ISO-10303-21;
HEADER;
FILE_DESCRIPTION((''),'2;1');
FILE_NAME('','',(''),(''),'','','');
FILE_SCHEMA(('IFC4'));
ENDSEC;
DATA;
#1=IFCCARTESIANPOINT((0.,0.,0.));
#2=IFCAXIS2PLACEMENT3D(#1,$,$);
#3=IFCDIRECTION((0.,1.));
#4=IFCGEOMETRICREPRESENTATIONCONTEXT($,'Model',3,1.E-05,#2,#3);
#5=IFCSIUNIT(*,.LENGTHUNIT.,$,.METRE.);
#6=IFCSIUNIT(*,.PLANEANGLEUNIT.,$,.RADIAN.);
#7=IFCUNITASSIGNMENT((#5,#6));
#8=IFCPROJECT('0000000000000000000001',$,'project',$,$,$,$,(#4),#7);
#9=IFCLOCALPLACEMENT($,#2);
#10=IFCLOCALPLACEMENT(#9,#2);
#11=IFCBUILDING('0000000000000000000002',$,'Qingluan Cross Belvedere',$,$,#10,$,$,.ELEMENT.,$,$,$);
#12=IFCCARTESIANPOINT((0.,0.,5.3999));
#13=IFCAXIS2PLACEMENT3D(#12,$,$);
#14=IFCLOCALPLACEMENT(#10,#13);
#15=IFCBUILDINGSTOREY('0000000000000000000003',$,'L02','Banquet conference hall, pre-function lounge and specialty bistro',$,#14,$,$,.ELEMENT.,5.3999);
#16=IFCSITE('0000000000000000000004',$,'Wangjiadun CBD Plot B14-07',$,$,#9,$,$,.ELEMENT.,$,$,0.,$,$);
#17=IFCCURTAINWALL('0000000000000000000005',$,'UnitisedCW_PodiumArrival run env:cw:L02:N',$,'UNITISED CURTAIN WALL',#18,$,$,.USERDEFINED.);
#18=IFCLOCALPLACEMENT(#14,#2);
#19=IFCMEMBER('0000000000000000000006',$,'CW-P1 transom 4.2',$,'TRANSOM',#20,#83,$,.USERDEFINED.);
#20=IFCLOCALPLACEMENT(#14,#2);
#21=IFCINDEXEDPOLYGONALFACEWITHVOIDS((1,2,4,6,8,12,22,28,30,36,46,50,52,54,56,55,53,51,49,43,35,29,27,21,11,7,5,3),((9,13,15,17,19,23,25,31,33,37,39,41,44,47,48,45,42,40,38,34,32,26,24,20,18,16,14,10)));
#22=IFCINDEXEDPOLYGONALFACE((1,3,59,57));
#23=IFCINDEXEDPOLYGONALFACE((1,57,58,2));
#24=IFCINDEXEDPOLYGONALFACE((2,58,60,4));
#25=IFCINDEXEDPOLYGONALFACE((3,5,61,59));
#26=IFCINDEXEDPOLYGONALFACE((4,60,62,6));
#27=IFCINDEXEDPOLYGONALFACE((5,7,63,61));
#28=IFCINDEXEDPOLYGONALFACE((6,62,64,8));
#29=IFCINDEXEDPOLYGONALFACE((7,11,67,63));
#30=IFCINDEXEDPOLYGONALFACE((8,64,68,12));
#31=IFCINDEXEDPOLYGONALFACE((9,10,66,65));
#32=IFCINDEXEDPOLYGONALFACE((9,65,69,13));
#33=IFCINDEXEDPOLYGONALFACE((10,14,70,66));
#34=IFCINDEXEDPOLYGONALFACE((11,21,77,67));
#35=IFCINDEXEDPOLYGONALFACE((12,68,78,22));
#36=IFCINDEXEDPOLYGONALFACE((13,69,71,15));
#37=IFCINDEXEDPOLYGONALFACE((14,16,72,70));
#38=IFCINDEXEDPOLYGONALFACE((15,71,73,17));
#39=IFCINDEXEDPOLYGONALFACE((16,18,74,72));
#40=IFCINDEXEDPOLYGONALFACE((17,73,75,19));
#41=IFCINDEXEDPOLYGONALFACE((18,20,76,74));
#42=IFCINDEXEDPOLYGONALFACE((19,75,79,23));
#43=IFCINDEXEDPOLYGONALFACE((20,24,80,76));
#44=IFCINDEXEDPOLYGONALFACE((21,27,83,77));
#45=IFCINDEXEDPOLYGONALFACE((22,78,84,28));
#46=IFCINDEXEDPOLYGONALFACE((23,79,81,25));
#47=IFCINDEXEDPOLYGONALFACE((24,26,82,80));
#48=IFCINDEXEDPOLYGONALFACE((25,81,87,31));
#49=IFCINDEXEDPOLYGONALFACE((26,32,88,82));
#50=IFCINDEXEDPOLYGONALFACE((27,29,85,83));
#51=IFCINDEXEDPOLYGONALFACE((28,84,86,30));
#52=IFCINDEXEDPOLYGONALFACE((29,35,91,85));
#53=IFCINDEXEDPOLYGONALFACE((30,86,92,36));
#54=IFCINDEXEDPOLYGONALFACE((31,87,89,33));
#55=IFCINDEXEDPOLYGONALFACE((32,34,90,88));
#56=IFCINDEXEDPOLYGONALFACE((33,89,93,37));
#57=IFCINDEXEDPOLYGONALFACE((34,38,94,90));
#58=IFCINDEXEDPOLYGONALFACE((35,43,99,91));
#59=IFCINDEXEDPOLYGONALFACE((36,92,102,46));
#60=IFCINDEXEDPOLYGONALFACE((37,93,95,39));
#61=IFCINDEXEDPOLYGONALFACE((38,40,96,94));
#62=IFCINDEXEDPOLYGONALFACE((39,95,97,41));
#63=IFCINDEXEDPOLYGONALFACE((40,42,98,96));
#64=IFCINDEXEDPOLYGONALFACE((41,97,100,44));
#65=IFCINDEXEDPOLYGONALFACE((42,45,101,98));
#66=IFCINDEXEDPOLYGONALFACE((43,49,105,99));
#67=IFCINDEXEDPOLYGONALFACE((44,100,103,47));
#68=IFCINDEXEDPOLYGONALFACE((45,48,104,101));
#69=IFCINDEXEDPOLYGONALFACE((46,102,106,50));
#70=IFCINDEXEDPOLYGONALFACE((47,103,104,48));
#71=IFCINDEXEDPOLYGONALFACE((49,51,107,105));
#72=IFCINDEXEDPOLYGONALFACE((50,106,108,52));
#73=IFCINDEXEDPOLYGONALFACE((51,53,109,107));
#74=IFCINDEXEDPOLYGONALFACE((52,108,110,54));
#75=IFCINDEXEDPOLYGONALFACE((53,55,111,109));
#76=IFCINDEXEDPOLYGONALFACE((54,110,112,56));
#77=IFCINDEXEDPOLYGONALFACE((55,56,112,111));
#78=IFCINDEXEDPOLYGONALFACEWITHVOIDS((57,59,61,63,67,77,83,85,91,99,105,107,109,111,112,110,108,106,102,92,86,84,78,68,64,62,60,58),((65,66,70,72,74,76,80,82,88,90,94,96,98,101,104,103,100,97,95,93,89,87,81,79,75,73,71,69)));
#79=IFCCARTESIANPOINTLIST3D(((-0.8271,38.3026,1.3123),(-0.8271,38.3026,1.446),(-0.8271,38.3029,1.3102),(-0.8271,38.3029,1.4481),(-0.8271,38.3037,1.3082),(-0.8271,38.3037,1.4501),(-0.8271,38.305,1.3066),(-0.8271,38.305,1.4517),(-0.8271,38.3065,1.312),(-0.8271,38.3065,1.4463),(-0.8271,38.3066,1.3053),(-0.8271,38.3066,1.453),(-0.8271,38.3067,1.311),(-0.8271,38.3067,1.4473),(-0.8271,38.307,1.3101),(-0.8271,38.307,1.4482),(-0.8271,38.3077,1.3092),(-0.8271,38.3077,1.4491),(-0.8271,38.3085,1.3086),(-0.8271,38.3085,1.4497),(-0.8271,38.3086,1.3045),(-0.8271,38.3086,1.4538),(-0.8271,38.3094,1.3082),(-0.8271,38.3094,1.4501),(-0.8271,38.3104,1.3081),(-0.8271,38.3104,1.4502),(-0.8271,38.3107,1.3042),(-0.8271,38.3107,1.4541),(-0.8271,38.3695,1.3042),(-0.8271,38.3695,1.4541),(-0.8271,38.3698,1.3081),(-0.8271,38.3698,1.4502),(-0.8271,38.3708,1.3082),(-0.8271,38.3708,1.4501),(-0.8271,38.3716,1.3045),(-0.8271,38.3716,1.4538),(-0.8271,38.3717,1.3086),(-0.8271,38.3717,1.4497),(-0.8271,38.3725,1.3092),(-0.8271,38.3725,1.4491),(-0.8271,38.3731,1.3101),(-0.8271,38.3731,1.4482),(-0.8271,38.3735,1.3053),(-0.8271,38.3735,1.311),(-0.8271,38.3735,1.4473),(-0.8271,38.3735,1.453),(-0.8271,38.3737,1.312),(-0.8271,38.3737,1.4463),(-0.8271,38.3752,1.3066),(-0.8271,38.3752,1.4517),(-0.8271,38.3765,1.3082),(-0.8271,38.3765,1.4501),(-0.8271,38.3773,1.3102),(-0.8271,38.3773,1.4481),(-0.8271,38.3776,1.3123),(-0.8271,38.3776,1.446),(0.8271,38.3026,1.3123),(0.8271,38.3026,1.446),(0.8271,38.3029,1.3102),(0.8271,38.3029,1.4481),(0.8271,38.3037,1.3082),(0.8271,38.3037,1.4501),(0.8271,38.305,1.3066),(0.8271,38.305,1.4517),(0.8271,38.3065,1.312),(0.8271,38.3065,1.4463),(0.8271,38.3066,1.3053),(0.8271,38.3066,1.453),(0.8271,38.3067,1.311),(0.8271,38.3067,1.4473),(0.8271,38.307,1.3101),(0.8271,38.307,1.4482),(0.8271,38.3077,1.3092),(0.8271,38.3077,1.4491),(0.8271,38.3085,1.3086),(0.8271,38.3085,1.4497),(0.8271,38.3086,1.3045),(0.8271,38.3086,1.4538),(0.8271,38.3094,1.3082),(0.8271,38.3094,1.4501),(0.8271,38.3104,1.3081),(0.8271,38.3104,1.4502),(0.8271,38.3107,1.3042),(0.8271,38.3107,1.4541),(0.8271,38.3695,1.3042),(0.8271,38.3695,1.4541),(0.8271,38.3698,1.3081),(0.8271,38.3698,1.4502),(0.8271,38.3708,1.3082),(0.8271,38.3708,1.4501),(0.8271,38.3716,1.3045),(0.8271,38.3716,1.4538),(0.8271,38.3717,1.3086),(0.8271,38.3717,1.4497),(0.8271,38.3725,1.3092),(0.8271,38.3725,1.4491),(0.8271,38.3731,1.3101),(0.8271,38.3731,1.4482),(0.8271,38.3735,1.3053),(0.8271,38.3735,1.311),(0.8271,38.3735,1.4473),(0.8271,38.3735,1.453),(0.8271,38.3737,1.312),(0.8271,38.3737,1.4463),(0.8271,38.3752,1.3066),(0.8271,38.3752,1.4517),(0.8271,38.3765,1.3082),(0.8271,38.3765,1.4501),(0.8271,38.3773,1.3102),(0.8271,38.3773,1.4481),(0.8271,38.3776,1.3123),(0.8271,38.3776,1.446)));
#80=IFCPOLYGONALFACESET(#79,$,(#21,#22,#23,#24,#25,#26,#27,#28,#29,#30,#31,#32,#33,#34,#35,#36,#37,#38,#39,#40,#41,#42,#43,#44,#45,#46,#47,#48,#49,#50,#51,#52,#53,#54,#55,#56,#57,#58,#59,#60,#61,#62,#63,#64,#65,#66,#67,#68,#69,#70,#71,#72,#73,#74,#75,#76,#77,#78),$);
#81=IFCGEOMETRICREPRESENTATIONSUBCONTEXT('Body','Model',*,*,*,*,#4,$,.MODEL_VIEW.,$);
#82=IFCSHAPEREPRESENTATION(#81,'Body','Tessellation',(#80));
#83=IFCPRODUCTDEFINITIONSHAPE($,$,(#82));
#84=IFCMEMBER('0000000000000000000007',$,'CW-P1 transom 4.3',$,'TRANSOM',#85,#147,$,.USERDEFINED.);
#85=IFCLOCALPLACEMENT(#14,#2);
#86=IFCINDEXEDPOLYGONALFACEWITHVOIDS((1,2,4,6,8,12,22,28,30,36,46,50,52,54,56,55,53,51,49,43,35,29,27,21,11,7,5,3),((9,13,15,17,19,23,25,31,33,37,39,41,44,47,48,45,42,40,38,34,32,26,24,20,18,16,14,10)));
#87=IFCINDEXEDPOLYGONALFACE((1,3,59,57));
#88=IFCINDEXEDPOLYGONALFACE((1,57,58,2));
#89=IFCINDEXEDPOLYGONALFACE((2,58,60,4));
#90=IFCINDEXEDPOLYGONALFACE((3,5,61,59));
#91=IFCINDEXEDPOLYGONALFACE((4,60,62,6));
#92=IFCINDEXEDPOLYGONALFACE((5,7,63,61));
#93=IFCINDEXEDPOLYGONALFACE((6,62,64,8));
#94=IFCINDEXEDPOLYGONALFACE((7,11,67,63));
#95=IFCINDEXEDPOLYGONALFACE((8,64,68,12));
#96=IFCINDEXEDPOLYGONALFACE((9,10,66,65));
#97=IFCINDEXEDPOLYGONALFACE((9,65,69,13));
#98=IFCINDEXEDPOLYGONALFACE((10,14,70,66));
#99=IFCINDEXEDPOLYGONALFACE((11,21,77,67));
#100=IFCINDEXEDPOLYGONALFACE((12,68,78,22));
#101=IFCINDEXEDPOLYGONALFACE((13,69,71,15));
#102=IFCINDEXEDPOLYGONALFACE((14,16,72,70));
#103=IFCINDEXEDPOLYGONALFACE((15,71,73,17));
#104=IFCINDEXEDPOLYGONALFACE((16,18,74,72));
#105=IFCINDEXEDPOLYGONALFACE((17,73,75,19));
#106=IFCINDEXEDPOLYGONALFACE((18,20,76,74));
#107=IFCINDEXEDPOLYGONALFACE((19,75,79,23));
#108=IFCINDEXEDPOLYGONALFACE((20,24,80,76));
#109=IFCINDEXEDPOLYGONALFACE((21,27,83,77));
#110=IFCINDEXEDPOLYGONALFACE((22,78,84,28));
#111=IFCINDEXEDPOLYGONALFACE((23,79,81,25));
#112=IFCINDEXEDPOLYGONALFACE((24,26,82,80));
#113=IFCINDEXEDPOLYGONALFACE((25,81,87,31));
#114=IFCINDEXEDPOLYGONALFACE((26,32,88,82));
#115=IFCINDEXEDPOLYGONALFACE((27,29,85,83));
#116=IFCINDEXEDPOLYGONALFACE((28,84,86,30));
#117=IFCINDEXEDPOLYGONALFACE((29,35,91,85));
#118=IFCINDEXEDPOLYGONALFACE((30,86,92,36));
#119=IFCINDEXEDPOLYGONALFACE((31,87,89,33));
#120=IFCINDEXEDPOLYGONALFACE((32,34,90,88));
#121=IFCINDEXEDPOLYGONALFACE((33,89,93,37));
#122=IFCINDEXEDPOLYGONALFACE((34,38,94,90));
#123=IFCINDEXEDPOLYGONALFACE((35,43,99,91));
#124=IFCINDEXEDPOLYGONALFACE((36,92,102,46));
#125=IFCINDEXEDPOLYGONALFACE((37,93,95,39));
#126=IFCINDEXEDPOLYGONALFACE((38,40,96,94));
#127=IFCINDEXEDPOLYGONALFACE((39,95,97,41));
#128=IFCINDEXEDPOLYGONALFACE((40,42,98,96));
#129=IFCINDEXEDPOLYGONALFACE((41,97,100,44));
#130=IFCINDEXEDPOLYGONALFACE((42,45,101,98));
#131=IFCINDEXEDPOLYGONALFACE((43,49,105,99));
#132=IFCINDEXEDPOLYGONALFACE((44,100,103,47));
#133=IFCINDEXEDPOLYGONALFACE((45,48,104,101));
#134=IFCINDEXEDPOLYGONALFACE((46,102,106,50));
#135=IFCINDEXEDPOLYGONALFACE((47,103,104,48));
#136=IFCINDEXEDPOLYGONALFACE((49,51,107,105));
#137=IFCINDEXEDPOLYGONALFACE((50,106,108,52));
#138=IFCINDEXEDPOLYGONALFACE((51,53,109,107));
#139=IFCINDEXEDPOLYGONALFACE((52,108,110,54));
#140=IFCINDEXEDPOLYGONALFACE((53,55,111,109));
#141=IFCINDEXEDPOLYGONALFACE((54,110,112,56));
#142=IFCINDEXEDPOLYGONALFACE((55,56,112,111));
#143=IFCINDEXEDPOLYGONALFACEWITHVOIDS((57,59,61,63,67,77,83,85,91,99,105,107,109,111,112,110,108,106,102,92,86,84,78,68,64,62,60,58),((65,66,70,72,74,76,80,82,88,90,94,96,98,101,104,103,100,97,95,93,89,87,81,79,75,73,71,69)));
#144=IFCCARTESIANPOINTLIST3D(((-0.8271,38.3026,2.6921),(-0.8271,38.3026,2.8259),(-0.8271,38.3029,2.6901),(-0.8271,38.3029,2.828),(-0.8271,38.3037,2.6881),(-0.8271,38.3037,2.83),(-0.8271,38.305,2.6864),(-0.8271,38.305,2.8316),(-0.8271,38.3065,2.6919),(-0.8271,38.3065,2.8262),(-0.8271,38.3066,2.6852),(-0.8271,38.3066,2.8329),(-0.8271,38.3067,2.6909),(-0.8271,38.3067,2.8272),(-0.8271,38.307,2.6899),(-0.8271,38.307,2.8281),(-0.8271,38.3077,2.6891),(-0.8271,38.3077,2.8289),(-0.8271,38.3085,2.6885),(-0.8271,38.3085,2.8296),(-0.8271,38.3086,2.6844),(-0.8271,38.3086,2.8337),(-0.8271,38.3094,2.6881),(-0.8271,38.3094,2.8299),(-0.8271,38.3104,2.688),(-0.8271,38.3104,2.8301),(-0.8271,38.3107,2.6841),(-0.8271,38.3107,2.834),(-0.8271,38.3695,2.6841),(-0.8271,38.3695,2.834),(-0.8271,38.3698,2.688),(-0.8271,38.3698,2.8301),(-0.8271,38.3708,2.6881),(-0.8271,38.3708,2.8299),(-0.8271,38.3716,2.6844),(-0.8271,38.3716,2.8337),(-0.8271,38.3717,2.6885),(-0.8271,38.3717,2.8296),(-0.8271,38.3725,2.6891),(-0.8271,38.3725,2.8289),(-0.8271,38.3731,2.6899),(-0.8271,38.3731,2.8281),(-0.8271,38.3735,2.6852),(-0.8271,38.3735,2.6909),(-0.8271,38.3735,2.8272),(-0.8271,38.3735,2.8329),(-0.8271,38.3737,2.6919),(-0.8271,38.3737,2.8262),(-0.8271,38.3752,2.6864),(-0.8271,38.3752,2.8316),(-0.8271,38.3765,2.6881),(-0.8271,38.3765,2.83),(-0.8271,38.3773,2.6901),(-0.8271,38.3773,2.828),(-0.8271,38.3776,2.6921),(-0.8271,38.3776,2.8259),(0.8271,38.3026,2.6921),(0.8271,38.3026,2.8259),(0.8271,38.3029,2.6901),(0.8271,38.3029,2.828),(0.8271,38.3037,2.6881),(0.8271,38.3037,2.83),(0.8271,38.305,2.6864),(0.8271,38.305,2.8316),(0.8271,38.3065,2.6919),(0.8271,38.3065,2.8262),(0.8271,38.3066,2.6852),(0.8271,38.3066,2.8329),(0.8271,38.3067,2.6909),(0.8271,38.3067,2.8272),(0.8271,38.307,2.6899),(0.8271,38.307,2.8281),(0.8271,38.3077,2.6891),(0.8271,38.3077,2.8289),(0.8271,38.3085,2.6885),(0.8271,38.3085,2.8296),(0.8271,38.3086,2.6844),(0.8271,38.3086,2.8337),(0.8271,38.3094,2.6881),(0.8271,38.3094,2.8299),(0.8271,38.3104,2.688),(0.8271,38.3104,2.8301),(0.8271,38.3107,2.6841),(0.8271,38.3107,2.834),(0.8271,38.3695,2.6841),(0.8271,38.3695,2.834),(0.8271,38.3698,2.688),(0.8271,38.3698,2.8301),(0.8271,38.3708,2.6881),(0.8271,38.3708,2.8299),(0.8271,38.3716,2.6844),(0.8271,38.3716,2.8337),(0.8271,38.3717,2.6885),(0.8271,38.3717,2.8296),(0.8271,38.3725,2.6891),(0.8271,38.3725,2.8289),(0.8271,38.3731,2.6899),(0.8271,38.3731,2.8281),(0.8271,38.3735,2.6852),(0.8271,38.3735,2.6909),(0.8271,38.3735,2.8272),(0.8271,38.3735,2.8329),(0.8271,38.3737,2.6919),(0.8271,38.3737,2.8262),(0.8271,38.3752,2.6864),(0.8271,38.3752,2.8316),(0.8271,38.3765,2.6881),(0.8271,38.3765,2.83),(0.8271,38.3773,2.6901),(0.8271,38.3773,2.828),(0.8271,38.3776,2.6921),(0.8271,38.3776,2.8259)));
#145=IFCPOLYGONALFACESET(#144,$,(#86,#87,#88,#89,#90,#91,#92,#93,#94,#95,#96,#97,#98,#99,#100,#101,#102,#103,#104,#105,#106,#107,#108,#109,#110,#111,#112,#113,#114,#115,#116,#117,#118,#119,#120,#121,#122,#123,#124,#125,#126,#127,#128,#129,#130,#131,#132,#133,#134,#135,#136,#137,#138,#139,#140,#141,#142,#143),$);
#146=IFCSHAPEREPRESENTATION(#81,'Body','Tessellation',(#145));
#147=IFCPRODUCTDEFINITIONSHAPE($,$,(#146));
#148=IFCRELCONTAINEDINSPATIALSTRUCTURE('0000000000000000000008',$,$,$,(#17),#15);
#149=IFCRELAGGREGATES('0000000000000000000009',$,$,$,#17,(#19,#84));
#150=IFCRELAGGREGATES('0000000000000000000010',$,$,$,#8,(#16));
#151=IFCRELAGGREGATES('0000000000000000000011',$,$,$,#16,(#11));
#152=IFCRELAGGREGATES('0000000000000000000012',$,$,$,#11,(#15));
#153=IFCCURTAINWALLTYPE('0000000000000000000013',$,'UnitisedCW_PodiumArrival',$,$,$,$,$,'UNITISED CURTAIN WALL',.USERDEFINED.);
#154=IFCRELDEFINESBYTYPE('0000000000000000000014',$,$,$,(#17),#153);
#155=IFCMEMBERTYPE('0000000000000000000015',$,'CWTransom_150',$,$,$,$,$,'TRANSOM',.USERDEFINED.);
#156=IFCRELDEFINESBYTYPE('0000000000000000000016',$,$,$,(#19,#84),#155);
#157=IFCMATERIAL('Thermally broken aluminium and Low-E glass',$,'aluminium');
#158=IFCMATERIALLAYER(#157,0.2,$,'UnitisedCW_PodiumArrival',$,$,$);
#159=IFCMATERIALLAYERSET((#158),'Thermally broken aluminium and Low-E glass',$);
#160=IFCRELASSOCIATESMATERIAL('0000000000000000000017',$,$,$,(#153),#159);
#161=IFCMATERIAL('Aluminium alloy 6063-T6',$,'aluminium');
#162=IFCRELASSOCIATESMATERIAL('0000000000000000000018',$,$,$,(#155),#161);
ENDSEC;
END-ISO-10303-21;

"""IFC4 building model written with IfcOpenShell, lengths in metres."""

from ifc_helpers import new_model, si_unit, direction, frame, origin, origin_2d, place, context, subcontext, project, spatial, hollow_rectangle, extrude, material, layer, layer_set, material_profile, profile_set, type_object, element, aggregate, save


model = new_model("IFC4")

# Units and contexts
model_context = context("Model", 3, precision=1e-05, world=origin(), true_north=direction((0.0, 1.0)))
body_context = subcontext(model_context, "Body", "Model", "MODEL_VIEW")
ifc_project = project(units=[si_unit("LENGTHUNIT", "METRE"), si_unit("PLANEANGLEUNIT", "RADIAN")], contexts=[model_context])

# Site, building, storey
site_placement = place(None, origin())
site = spatial("IfcSite", under=ifc_project, at=site_placement, Name="Wangjiadun CBD Plot B14-07", CompositionType="ELEMENT", RefElevation=0.0)
building_placement = place(site_placement, origin())
building = spatial("IfcBuilding", under=site, at=building_placement, Name="Qingluan Cross Belvedere", CompositionType="ELEMENT")
storey_placement = place(building_placement, frame((0.0, 0.0, 5.3999)))
storey = spatial("IfcBuildingStorey", under=building, at=storey_placement, Name="L02", Description="Banquet conference hall, pre-function lounge and specialty bistro", CompositionType="ELEMENT", Elevation=5.3999)

# Curtain wall, members
ifc_material_1 = material(Name="Thermally broken aluminium and Low-E glass", Category="aluminium")
ifc_layer_1 = layer(ifc_material_1, 0.2, Name="UnitisedCW_PodiumArrival")
ifc_layer_set_1 = layer_set([ifc_layer_1], Name="Thermally broken aluminium and Low-E glass")
curtain_wall_type = type_object("IfcCurtainWallType", Name="UnitisedCW_PodiumArrival", ElementType="UNITISED CURTAIN WALL", PredefinedType="USERDEFINED", material=ifc_layer_set_1)
curtain_wall_placement = place(storey_placement, origin())
curtain_wall = element("IfcCurtainWall", 1, at=curtain_wall_placement, inside=storey, type_object=curtain_wall_type, Name="UnitisedCW_PodiumArrival run env:cw:L02:N", ObjectType="UNITISED CURTAIN WALL", PredefinedType="USERDEFINED")
ifc_material_2 = material(Name="Aluminium alloy 6063-T6", Category="aluminium")
ifc_material_profile_1 = material_profile(ifc_material_2, hollow_rectangle(XDim=0.075, YDim=0.1499, WallThickness=0.0039, InnerFilletRadius=0.0039, OuterFilletRadius=0.0081, at=origin_2d()), Name="CWT150x75x4")
ifc_profile_set_1 = profile_set([ifc_material_profile_1], Name="Aluminium alloy 6063-T6")
member_type_1 = type_object("IfcMemberType", Name="CWTransom_150", ElementType="TRANSOM", PredefinedType="USERDEFINED", material=ifc_profile_set_1)
member_1_placement = place(storey_placement, frame((-0.8271, 38.3401, 1.3792), z_axis=(1.0, 0.0, 0.0), x_axis=(0.0, 1.0, 0.0)))
member_1 = element("IfcMember", 2, at=member_1_placement, type_object=member_type_1, Name="CW-P1 transom 4.2", ObjectType="TRANSOM", PredefinedType="USERDEFINED", context=body_context, shape_type="SweptSolid", body=[
    extrude(hollow_rectangle(XDim=0.075, YDim=0.1499, WallThickness=0.0039, InnerFilletRadius=0.0039, OuterFilletRadius=0.0081, at=origin_2d()), origin(), (0.0, 0.0, 1.0), 1.6543),
])
member_2_placement = place(storey_placement, frame((-0.8271, 38.3401, 2.759), z_axis=(1.0, 0.0, 0.0), x_axis=(0.0, 1.0, 0.0)))
member_2 = element("IfcMember", 3, at=member_2_placement, type_object=member_type_1, Name="CW-P1 transom 4.3", ObjectType="TRANSOM", PredefinedType="USERDEFINED", context=body_context, shape_type="SweptSolid", body=[
    extrude(hollow_rectangle(XDim=0.075, YDim=0.1499, WallThickness=0.0039, InnerFilletRadius=0.0039, OuterFilletRadius=0.0081, at=origin_2d()), origin(), (0.0, 0.0, 1.0), 1.6543),
])

aggregate(curtain_wall, [member_1, member_2])

save(model, "model.ifc")
